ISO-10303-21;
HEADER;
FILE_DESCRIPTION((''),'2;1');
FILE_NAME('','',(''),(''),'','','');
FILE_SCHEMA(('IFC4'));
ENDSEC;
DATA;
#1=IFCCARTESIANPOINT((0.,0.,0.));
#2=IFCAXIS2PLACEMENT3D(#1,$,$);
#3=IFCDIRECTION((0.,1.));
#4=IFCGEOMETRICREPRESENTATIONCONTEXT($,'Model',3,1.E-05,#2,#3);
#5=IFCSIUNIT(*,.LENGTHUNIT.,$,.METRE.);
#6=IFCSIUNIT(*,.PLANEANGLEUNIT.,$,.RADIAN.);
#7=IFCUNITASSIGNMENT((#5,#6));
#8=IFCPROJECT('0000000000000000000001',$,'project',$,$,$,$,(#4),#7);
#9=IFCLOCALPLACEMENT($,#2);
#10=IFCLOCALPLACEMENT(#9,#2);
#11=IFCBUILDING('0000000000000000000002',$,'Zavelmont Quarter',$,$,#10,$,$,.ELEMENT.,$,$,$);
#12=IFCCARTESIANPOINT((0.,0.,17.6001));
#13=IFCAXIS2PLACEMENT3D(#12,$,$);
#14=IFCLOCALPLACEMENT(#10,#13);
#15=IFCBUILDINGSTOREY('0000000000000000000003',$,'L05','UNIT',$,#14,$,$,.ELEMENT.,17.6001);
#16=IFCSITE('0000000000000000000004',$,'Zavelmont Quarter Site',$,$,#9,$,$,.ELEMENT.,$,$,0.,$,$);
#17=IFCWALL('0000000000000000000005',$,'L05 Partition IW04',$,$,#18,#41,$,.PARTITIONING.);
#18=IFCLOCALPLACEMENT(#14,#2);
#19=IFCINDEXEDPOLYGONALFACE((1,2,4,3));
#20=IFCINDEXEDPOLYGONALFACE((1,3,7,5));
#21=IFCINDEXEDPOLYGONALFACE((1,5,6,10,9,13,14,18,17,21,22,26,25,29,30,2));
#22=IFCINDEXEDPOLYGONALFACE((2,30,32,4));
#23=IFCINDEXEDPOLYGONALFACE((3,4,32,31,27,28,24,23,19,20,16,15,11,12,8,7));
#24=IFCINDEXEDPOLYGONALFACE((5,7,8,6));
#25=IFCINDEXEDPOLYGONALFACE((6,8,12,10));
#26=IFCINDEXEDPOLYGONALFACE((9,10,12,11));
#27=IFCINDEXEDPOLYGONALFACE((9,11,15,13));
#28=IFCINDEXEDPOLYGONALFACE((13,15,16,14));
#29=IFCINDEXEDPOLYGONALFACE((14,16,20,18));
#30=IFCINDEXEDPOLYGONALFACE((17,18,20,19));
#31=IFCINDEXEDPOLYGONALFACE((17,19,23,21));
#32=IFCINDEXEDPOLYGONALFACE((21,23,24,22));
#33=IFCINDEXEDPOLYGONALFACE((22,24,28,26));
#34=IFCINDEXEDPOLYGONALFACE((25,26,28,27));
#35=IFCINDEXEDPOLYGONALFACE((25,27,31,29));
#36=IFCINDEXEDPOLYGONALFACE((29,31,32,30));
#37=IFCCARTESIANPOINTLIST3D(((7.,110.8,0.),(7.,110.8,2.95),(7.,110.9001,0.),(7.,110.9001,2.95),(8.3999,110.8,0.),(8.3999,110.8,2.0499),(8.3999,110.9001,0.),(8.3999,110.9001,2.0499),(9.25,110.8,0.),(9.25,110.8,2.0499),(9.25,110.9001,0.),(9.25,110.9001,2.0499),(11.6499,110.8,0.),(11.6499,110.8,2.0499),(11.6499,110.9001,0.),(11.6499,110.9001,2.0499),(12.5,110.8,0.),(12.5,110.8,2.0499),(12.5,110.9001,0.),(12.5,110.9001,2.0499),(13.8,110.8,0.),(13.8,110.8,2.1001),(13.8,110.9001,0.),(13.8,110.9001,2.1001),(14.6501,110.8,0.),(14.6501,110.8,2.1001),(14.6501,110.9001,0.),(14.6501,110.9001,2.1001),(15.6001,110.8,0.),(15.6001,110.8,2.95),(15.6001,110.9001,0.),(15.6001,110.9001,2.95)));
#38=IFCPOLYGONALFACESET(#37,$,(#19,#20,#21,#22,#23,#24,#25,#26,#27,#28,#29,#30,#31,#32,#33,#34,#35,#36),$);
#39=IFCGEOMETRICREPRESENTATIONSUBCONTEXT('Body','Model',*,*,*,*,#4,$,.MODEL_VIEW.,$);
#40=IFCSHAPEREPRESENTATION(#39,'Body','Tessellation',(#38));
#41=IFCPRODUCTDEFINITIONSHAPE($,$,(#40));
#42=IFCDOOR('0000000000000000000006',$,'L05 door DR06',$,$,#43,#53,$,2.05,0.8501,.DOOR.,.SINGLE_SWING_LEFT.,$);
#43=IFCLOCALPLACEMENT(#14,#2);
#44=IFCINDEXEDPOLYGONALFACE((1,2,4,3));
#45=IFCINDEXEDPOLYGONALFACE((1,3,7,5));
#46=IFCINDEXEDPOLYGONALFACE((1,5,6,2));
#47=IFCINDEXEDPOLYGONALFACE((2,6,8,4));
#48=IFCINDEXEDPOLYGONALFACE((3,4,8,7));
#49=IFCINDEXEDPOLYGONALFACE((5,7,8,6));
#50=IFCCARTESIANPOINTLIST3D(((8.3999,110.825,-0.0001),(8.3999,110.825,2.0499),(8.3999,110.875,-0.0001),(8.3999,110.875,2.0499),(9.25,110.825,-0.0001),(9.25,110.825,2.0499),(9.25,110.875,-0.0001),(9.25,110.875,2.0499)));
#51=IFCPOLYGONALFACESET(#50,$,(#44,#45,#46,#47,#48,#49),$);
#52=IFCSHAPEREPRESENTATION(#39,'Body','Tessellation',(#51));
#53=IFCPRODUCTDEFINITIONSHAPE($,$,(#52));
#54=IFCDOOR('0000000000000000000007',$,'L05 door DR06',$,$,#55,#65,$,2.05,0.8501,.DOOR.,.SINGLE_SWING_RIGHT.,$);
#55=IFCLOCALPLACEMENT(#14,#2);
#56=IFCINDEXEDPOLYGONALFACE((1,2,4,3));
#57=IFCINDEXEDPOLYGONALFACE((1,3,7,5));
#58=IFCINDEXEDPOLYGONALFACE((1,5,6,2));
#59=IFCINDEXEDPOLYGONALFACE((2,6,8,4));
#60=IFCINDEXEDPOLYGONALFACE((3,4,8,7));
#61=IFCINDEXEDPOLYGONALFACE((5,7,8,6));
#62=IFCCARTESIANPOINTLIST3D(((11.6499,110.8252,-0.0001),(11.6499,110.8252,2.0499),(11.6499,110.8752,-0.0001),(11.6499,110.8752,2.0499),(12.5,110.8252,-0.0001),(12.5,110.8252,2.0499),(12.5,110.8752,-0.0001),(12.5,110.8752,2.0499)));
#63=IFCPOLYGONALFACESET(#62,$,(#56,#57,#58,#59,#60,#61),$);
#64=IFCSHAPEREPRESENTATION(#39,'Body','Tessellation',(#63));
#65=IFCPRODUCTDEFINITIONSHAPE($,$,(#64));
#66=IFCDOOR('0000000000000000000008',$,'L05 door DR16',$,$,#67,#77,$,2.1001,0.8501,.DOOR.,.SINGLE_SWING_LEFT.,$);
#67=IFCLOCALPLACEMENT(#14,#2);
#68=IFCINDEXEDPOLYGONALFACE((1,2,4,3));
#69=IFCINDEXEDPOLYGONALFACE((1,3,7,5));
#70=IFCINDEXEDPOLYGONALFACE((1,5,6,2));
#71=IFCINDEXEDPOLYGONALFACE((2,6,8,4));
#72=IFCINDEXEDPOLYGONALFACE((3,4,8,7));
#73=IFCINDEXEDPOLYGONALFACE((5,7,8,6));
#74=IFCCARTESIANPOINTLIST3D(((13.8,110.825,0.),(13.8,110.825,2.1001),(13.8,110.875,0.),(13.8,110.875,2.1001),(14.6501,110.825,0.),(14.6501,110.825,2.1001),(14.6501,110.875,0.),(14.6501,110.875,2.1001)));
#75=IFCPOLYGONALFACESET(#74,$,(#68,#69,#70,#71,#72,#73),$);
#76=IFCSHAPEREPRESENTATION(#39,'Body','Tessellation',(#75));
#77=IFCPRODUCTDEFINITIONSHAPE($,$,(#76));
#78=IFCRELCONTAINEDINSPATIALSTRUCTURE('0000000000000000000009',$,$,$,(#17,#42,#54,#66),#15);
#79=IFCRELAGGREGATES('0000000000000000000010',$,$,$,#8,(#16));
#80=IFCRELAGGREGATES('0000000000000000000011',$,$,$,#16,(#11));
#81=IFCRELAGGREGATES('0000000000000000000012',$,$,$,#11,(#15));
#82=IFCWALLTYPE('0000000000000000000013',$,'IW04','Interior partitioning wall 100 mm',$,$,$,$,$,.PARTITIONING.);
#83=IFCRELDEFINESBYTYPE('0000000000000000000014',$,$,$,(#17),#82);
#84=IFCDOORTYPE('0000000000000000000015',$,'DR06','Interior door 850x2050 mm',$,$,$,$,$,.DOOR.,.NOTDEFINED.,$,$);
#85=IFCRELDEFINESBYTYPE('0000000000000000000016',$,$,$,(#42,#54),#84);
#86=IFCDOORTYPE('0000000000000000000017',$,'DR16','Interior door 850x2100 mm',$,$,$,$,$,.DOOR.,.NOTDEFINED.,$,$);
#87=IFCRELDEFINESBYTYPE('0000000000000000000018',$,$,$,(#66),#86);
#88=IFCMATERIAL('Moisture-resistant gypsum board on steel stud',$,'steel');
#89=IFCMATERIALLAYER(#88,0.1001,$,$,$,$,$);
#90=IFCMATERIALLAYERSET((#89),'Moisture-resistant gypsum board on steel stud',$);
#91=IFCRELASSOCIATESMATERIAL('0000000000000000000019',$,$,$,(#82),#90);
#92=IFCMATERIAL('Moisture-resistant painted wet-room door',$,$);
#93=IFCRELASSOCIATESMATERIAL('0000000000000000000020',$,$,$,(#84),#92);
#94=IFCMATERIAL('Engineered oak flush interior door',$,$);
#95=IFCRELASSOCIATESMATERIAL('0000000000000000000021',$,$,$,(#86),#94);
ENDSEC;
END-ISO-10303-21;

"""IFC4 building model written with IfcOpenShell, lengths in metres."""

from ifc_helpers import new_model, si_unit, direction, frame, frame_2d, origin, origin_with_axes, place, context, subcontext, project, spatial, rectangle, extrude, material, layer, layer_set, type_object, element, fill, save


model = new_model("IFC4")

# Units and contexts
model_context = context("Model", 3, precision=1e-05, world=origin(), true_north=direction((0.0, 1.0)))
body_context = subcontext(model_context, "Body", "Model", "MODEL_VIEW")
ifc_project = project(units=[si_unit("LENGTHUNIT", "METRE"), si_unit("PLANEANGLEUNIT", "RADIAN")], contexts=[model_context])

# Site, building, storey
site_placement = place(None, origin())
site = spatial("IfcSite", under=ifc_project, at=site_placement, Name="Zavelmont Quarter Site", CompositionType="ELEMENT", RefElevation=0.0)
building_placement = place(site_placement, origin())
building = spatial("IfcBuilding", under=site, at=building_placement, Name="Zavelmont Quarter", CompositionType="ELEMENT")
storey_placement = place(building_placement, frame((0.0, 0.0, 17.6001)))
storey = spatial("IfcBuildingStorey", under=building, at=storey_placement, Name="L05", Description="UNIT", CompositionType="ELEMENT", Elevation=17.6001)

# Shared definitions
ifc_material_1 = material(Name="Engineered oak flush interior door")

# Shared definitions
ifc_material_2 = material(Name="Moisture-resistant gypsum board on steel stud", Category="steel")
ifc_layer_1 = layer(ifc_material_2, 0.1001)
ifc_layer_set_1 = layer_set([ifc_layer_1], Name="Moisture-resistant gypsum board on steel stud")
wall_type_1 = type_object("IfcWallType", Name="IW04", Description="Interior partitioning wall 100 mm", PredefinedType="PARTITIONING", material=ifc_layer_set_1)

# Wall, openings, doors
wall_1_placement = place(storey_placement, frame((7.0, 110.8501, 0.0), z_axis=(0.0, 0.0, 1.0), x_axis=(1.0, 0.0, 0.0)))
wall_1 = element("IfcWall", 1, at=wall_1_placement, inside=storey, type_object=wall_type_1, Name="L05 Partition IW04", PredefinedType="PARTITIONING", context=body_context, shape_type="SweptSolid", body=[
    extrude(rectangle(XDim=8.6001, YDim=0.1001, at=frame_2d((4.3, 0.0))), origin(), (0.0, 0.0, 1.0), 2.95),
])
opening_1_placement = place(wall_1_placement, frame((1.3999, 0.0, 0.0)))
opening_1 = element("IfcOpeningElement", 2, at=opening_1_placement, cuts=wall_1, PredefinedType="OPENING", context=body_context, shape_type="SweptSolid", body=[
    extrude(rectangle(XDim=0.8501, YDim=2.05, at=frame_2d((0.425, 1.0249))), frame((0.0, 0.062, 0.0), z_axis=(0.0, -1.0, 0.0), x_axis=(1.0, 0.0, 0.0)), (0.0, 0.0, 1.0), 0.124),
])
opening_2_placement = place(wall_1_placement, frame((4.6499, 0.0, 0.0)))
opening_2 = element("IfcOpeningElement", 3, at=opening_2_placement, cuts=wall_1, PredefinedType="OPENING", context=body_context, shape_type="SweptSolid", body=[
    extrude(rectangle(XDim=0.8501, YDim=2.05, at=frame_2d((0.425, 1.0249))), frame((0.0, 0.062, 0.0), z_axis=(0.0, -1.0, 0.0), x_axis=(1.0, 0.0, 0.0)), (0.0, 0.0, 1.0), 0.124),
])
opening_3_placement = place(wall_1_placement, frame((6.8, 0.0, 0.0)))
opening_3 = element("IfcOpeningElement", 4, at=opening_3_placement, cuts=wall_1, PredefinedType="OPENING", context=body_context, shape_type="SweptSolid", body=[
    extrude(rectangle(XDim=0.8501, YDim=2.1001, at=frame_2d((0.425, 1.05))), frame((0.0, 0.062, 0.0), z_axis=(0.0, -1.0, 0.0), x_axis=(1.0, 0.0, 0.0)), (0.0, 0.0, 1.0), 0.124),
])
ifc_material_3 = material(Name="Moisture-resistant painted wet-room door")
door_type_1 = type_object("IfcDoorType", Name="DR06", Description="Interior door 850x2050 mm", OperationType="NOTDEFINED", PredefinedType="DOOR", material=ifc_material_3)
door_1_placement = place(opening_1_placement, origin_with_axes())
door_1 = element("IfcDoor", 5, at=door_1_placement, inside=storey, type_object=door_type_1, Name="L05 door DR06", OperationType="SINGLE_SWING_LEFT", OverallHeight=2.05, OverallWidth=0.8501, PredefinedType="DOOR", context=body_context, shape_type="SweptSolid", body=[
    extrude(rectangle(XDim=0.8501, YDim=2.05, at=frame_2d((0.425, 1.0249))), frame((0.0, 0.0249, 0.0), z_axis=(0.0, -1.0, 0.0), x_axis=(1.0, 0.0, 0.0)), (0.0, 0.0, 1.0), 0.05),
])
fill(opening_1, door_1)
door_2_placement = place(opening_2_placement, frame((0.8501, 0.0, 0.0), z_axis=(0.0, 0.0, 1.0), x_axis=(-1.0, 0.0, 0.0)))
door_2 = element("IfcDoor", 6, at=door_2_placement, inside=storey, type_object=door_type_1, Name="L05 door DR06", OperationType="SINGLE_SWING_RIGHT", OverallHeight=2.05, OverallWidth=0.8501, PredefinedType="DOOR", context=body_context, shape_type="SweptSolid", body=[
    extrude(rectangle(XDim=0.8501, YDim=2.05, at=frame_2d((0.425, 1.0249))), frame((0.0, 0.0249, 0.0), z_axis=(0.0, -1.0, 0.0), x_axis=(1.0, 0.0, 0.0)), (0.0, 0.0, 1.0), 0.05),
])
fill(opening_2, door_2)
door_type_2 = type_object("IfcDoorType", Name="DR16", Description="Interior door 850x2100 mm", OperationType="NOTDEFINED", PredefinedType="DOOR", material=ifc_material_1)
door_3_placement = place(opening_3_placement, origin_with_axes())
door_3 = element("IfcDoor", 7, at=door_3_placement, inside=storey, type_object=door_type_2, Name="L05 door DR16", OperationType="SINGLE_SWING_LEFT", OverallHeight=2.1001, OverallWidth=0.8501, PredefinedType="DOOR", context=body_context, shape_type="SweptSolid", body=[
    extrude(rectangle(XDim=0.8501, YDim=2.1001, at=frame_2d((0.425, 1.05))), frame((0.0, 0.0249, 0.0), z_axis=(0.0, -1.0, 0.0), x_axis=(1.0, 0.0, 0.0)), (0.0, 0.0, 1.0), 0.05),
])
fill(opening_3, door_3)

save(model, "model.ifc")
